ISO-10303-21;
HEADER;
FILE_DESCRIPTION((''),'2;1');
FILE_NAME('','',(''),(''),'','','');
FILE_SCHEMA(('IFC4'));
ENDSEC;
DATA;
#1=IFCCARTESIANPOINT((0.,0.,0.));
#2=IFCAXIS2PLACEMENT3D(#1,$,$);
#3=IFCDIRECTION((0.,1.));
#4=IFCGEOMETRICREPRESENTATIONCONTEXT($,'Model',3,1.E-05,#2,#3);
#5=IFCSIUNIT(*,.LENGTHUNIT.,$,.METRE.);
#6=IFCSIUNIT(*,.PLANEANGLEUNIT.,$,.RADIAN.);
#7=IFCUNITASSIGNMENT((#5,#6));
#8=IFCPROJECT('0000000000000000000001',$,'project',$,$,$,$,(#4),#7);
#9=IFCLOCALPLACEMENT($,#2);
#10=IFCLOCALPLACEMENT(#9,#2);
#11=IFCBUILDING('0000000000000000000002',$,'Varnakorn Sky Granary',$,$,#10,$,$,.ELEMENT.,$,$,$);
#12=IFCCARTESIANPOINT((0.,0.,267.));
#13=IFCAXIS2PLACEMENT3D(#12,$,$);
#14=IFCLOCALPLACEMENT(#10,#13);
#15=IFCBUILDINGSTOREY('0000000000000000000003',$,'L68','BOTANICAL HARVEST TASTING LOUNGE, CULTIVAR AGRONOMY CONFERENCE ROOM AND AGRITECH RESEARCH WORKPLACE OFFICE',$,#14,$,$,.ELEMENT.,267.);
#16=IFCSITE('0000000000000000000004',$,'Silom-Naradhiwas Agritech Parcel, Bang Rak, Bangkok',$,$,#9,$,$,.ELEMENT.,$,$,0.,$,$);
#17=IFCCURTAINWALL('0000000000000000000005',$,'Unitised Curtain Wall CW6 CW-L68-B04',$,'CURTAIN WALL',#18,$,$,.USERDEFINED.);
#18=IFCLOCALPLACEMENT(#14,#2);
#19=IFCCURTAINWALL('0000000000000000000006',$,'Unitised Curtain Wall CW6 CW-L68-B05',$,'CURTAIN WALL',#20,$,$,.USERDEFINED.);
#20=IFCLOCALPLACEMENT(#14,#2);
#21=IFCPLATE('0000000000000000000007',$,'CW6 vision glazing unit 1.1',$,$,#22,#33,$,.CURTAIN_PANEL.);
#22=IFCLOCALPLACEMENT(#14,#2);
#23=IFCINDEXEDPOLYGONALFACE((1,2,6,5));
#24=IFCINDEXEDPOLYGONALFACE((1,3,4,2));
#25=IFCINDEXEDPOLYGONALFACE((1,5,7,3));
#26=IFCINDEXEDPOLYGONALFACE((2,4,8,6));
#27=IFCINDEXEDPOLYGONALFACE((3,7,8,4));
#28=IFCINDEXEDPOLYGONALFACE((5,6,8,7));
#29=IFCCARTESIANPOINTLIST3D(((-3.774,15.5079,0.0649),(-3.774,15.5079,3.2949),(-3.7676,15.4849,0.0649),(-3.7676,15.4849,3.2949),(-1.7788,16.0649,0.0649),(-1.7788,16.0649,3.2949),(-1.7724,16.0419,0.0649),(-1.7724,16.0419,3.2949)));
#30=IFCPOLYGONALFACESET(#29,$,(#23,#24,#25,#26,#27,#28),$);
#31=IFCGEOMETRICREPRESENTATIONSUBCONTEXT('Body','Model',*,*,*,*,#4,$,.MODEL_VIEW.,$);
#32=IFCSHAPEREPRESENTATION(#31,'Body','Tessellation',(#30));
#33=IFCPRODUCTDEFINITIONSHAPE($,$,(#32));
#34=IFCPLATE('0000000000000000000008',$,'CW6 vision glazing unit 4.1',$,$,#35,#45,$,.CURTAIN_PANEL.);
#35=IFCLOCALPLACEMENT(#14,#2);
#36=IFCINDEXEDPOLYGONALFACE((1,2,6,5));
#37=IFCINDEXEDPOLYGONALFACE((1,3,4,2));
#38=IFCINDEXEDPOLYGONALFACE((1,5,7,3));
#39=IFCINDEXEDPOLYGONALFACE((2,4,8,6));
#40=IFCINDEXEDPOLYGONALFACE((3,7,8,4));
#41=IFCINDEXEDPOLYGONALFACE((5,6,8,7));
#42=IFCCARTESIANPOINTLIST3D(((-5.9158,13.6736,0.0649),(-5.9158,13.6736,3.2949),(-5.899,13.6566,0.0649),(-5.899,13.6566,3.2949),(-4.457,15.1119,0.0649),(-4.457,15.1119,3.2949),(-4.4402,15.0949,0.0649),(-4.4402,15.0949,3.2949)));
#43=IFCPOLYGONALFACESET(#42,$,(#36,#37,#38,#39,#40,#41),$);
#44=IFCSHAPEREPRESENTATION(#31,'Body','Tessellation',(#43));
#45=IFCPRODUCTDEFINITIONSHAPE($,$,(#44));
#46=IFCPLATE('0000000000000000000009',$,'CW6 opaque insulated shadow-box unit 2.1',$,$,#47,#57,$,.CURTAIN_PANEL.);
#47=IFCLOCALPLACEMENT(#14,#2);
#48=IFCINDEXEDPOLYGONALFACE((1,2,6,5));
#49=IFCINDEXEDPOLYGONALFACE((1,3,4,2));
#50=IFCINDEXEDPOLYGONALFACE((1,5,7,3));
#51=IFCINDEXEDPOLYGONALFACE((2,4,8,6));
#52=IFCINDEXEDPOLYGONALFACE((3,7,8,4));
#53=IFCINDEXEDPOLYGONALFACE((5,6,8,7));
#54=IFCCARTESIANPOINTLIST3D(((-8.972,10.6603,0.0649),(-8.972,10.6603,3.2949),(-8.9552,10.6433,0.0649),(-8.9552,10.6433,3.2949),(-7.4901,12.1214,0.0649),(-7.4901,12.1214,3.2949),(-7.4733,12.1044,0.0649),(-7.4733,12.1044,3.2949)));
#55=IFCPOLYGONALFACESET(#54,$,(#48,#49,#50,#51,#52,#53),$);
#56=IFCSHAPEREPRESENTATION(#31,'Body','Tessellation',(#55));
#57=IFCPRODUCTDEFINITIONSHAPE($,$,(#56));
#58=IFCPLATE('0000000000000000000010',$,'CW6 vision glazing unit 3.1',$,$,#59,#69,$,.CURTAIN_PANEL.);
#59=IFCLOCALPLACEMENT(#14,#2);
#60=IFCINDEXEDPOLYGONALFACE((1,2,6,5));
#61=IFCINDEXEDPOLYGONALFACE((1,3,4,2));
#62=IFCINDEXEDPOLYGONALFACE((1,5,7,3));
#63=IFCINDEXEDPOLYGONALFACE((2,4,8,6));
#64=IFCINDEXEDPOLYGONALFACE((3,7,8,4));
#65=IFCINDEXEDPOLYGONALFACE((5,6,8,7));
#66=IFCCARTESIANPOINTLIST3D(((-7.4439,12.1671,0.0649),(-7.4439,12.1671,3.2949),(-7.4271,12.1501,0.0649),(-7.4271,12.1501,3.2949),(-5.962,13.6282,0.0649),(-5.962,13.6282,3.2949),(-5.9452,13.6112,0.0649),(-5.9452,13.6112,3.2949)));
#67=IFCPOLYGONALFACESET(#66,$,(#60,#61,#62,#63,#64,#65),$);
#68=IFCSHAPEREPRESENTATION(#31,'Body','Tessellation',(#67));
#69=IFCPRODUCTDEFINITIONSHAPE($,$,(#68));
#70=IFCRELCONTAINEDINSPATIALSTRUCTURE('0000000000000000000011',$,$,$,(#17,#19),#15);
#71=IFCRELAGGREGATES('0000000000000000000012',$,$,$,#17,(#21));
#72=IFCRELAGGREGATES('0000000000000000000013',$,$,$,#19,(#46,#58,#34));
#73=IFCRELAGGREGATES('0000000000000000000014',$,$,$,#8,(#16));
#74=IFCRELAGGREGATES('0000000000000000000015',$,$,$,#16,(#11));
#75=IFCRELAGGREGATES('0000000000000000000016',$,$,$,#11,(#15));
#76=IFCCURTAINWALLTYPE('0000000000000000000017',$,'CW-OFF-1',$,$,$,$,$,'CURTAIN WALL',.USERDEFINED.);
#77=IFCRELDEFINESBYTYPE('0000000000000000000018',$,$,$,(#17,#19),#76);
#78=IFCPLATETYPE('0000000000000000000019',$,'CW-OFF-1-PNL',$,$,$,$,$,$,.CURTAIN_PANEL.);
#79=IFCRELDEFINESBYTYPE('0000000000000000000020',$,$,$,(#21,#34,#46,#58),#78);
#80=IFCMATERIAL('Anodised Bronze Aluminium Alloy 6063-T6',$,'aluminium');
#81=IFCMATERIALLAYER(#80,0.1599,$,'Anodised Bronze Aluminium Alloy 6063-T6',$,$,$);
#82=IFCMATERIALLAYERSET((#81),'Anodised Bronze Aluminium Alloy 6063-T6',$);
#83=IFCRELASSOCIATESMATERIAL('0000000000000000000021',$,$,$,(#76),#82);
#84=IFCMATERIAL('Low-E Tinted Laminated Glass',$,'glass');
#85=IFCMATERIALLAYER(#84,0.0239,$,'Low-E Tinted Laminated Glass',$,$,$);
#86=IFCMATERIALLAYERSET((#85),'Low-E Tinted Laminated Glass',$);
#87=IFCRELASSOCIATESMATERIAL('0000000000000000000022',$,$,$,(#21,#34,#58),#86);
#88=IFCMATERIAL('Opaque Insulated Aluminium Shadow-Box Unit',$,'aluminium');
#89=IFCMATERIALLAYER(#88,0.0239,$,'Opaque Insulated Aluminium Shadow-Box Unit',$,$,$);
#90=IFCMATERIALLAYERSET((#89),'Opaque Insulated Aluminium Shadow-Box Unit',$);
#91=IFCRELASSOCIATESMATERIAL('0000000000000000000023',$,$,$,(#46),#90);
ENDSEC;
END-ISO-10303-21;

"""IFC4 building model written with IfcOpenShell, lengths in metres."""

from ifc_helpers import new_model, si_unit, direction, frame, origin, origin_2d, place, context, subcontext, project, spatial, rectangle, extrude, source, transform, mapped, material, layer, layer_set, type_object, type_shapes, element, aggregate, save


model = new_model("IFC4")

# Units and contexts
model_context = context("Model", 3, precision=1e-05, world=origin(), true_north=direction((0.0, 1.0)))
body_context = subcontext(model_context, "Body", "Model", "MODEL_VIEW")
ifc_project = project(units=[si_unit("LENGTHUNIT", "METRE"), si_unit("PLANEANGLEUNIT", "RADIAN")], contexts=[model_context])

# Site, building, storey
site_placement = place(None, origin())
site = spatial("IfcSite", under=ifc_project, at=site_placement, Name="Silom-Naradhiwas Agritech Parcel, Bang Rak, Bangkok", CompositionType="ELEMENT", RefElevation=0.0)
building_placement = place(site_placement, origin())
building = spatial("IfcBuilding", under=site, at=building_placement, Name="Varnakorn Sky Granary", CompositionType="ELEMENT")
storey_placement = place(building_placement, frame((0.0, 0.0, 267.0)))
storey = spatial("IfcBuildingStorey", under=building, at=storey_placement, Name="L68", Description="BOTANICAL HARVEST TASTING LOUNGE, CULTIVAR AGRONOMY CONFERENCE ROOM AND AGRITECH RESEARCH WORKPLACE OFFICE", CompositionType="ELEMENT", Elevation=267.0)

# Curtain wall
ifc_material_1 = material(Name="Anodised Bronze Aluminium Alloy 6063-T6", Category="aluminium")
ifc_layer_1 = layer(ifc_material_1, 0.1599, Name="Anodised Bronze Aluminium Alloy 6063-T6")
ifc_layer_set_1 = layer_set([ifc_layer_1], Name="Anodised Bronze Aluminium Alloy 6063-T6")
curtain_wall_type = type_object("IfcCurtainWallType", Name="CW-OFF-1", ElementType="CURTAIN WALL", PredefinedType="USERDEFINED", material=ifc_layer_set_1)
curtain_wall_1_placement = place(storey_placement, origin())
curtain_wall_1 = element("IfcCurtainWall", 1, at=curtain_wall_1_placement, inside=storey, type_object=curtain_wall_type, Name="Unitised Curtain Wall CW6 CW-L68-B04", ObjectType="CURTAIN WALL", PredefinedType="USERDEFINED")

# Curtain wall
curtain_wall_2_placement = place(storey_placement, origin())
curtain_wall_2 = element("IfcCurtainWall", 2, at=curtain_wall_2_placement, inside=storey, type_object=curtain_wall_type, Name="Unitised Curtain Wall CW6 CW-L68-B05", ObjectType="CURTAIN WALL", PredefinedType="USERDEFINED")

# Plates
ifc_material_2 = material(Name="Low-E Tinted Laminated Glass", Category="glass")
ifc_layer_2 = layer(ifc_material_2, 0.0239, Name="Low-E Tinted Laminated Glass")
ifc_layer_set_2 = layer_set([ifc_layer_2], Name="Low-E Tinted Laminated Glass")
plate_type = type_object("IfcPlateType", Name="CW-OFF-1-PNL", PredefinedType="CURTAIN_PANEL")
shared_shape_1 = source(origin(), body_context, "Body", "SweptSolid", [
    extrude(rectangle(XDim=2.0715, YDim=0.0239, at=origin_2d()), origin(), (0.0, 0.0, 1.0), 3.23),
])
plate_1_placement = place(storey_placement, frame((-2.7732, 15.7749, 0.0649), z_axis=(0.0, 0.0, 1.0), x_axis=(0.963171, 0.26889, 0.0)))
plate_1 = element("IfcPlate", 3, at=plate_1_placement, type_object=plate_type, material=ifc_layer_set_2, Name="CW6 vision glazing unit 1.1", PredefinedType="CURTAIN_PANEL", context=body_context, shape_type="MappedRepresentation", body=[
    mapped(shared_shape_1, transform((0.0, 0.0, 0.0), x_axis=(1.0, 0.0, 0.0), y_axis=(0.0, 1.0, 0.0), z_axis=(0.0, 0.0, 1.0), scale=1.0)),
])
aggregate(curtain_wall_1, [plate_1])
shared_shape_2 = source(origin(), body_context, "Body", "SweptSolid", [
    extrude(rectangle(XDim=2.0486, YDim=0.0239, at=origin_2d()), origin(), (0.0, 0.0, 1.0), 3.23),
])
plate_2_placement = place(storey_placement, frame((-5.178, 14.3843, 0.0649), z_axis=(0.0, 0.0, 1.0), x_axis=(0.712087, 0.702091, 0.0)))
plate_2 = element("IfcPlate", 4, at=plate_2_placement, type_object=plate_type, material=ifc_layer_set_2, Name="CW6 vision glazing unit 4.1", PredefinedType="CURTAIN_PANEL", context=body_context, shape_type="MappedRepresentation", body=[
    mapped(shared_shape_2, transform((0.0, 0.0, 0.0), x_axis=(1.0, 0.0, 0.0), y_axis=(0.0, 1.0, 0.0), z_axis=(0.0, 0.0, 1.0), scale=1.0)),
])
ifc_material_3 = material(Name="Opaque Insulated Aluminium Shadow-Box Unit", Category="aluminium")
ifc_layer_3 = layer(ifc_material_3, 0.0239, Name="Opaque Insulated Aluminium Shadow-Box Unit")
ifc_layer_set_3 = layer_set([ifc_layer_3], Name="Opaque Insulated Aluminium Shadow-Box Unit")
shared_shape_3 = source(origin(), body_context, "Body", "SweptSolid", [
    extrude(rectangle(XDim=2.0811, YDim=0.0239, at=origin_2d()), origin(), (0.0, 0.0, 1.0), 3.23),
])
type_shapes(plate_type, [shared_shape_1, shared_shape_2, shared_shape_3])
plate_3_placement = place(storey_placement, frame((-8.2227, 11.3823, 0.0649), z_axis=(0.0, 0.0, 1.0), x_axis=(0.712087, 0.702091, 0.0)))
plate_3 = element("IfcPlate", 5, at=plate_3_placement, type_object=plate_type, material=ifc_layer_set_3, Name="CW6 opaque insulated shadow-box unit 2.1", PredefinedType="CURTAIN_PANEL", context=body_context, shape_type="MappedRepresentation", body=[
    mapped(shared_shape_3, transform((0.0, 0.0, 0.0), x_axis=(1.0, 0.0, 0.0), y_axis=(0.0, 1.0, 0.0), z_axis=(0.0, 0.0, 1.0), scale=1.0)),
])
plate_4_placement = place(storey_placement, frame((-6.6946, 12.8892, 0.0649), z_axis=(0.0, 0.0, 1.0), x_axis=(0.712087, 0.702091, 0.0)))
plate_4 = element("IfcPlate", 6, at=plate_4_placement, type_object=plate_type, material=ifc_layer_set_2, Name="CW6 vision glazing unit 3.1", PredefinedType="CURTAIN_PANEL", context=body_context, shape_type="MappedRepresentation", body=[
    mapped(shared_shape_3, transform((0.0, 0.0, 0.0), x_axis=(1.0, 0.0, 0.0), y_axis=(0.0, 1.0, 0.0), z_axis=(0.0, 0.0, 1.0), scale=1.0)),
])
aggregate(curtain_wall_2, [plate_3, plate_4, plate_2])

save(model, "model.ifc")
